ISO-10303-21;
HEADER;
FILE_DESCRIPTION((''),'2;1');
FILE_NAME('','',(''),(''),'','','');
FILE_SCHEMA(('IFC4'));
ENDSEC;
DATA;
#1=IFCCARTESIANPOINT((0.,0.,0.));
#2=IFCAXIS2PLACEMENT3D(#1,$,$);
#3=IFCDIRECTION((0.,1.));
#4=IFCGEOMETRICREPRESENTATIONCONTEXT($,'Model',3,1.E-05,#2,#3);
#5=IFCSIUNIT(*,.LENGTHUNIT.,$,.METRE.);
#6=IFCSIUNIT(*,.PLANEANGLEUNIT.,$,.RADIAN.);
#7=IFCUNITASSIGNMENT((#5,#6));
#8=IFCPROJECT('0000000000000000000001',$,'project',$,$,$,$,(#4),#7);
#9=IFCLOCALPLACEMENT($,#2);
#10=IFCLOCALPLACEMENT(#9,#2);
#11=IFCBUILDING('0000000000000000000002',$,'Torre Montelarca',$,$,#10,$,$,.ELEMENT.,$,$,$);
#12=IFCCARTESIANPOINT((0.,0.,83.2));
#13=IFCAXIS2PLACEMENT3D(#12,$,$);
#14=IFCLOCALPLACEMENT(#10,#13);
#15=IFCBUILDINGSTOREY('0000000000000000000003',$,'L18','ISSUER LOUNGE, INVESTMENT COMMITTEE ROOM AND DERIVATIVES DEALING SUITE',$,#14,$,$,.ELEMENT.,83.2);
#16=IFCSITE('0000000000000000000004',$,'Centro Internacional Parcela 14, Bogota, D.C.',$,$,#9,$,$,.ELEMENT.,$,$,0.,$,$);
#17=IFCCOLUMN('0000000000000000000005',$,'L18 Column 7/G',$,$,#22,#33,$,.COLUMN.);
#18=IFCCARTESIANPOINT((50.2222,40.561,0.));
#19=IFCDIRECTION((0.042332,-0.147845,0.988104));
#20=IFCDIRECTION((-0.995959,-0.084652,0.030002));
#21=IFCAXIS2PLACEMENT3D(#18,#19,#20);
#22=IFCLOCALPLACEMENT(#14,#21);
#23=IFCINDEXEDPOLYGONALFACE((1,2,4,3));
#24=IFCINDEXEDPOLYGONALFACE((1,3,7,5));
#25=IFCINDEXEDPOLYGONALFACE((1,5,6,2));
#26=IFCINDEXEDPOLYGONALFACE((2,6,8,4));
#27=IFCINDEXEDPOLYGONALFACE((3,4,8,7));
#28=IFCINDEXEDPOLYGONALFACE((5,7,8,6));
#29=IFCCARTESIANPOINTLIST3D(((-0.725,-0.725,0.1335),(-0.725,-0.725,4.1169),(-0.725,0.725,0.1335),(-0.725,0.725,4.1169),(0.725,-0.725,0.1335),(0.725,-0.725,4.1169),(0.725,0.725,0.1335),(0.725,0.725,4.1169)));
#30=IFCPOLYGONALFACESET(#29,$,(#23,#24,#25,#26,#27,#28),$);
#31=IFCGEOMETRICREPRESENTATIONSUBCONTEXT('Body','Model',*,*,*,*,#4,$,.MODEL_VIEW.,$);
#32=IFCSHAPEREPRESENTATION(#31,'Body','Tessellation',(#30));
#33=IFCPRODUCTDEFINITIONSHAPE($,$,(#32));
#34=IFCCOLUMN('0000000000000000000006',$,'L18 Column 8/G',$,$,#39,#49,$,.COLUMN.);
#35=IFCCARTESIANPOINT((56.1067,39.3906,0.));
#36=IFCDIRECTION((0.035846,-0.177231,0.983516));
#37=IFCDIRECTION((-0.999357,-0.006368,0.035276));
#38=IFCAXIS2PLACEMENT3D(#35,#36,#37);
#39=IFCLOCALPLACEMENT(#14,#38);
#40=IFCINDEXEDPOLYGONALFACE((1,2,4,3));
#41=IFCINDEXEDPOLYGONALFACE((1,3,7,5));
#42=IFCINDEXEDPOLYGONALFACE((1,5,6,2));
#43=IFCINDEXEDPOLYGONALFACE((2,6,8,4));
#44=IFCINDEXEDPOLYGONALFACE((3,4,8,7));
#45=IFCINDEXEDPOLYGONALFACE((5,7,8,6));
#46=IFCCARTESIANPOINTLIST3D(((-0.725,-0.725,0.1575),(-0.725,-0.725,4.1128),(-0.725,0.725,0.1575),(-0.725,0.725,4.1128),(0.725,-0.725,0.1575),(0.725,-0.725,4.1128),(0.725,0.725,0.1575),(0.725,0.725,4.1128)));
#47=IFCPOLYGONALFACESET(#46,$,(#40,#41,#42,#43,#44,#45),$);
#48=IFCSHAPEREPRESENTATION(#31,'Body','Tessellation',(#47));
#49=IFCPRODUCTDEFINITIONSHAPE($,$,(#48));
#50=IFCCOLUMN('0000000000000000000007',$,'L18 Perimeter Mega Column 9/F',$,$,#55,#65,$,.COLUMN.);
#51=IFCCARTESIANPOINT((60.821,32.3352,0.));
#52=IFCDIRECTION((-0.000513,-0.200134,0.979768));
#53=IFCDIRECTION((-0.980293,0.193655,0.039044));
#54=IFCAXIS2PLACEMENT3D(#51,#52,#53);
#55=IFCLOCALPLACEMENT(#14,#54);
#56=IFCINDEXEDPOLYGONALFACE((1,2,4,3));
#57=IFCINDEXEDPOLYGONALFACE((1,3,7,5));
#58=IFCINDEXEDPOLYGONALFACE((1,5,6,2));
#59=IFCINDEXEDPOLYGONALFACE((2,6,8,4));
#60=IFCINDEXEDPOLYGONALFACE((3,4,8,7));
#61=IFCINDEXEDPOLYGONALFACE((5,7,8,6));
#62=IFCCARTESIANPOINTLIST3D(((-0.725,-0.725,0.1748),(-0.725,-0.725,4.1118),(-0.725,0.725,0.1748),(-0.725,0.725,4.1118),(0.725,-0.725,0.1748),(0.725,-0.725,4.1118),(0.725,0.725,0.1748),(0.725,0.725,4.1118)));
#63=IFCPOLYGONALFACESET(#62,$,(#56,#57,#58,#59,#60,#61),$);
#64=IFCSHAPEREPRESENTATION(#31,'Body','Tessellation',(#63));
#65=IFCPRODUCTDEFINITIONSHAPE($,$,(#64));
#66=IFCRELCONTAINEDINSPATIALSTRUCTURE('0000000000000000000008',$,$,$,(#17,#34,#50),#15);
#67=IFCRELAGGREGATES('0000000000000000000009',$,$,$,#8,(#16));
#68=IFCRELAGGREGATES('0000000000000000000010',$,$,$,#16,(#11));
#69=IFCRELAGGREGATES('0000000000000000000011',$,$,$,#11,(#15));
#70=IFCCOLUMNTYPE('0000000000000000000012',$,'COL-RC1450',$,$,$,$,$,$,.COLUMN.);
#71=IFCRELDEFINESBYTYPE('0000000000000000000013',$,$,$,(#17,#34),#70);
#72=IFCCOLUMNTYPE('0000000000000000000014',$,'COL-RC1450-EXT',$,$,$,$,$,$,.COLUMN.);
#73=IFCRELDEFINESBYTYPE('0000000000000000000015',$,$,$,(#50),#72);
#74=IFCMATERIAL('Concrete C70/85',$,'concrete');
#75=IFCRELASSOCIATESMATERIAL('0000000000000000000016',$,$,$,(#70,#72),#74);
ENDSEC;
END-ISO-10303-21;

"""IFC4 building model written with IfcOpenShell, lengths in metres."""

from ifc_helpers import new_model, si_unit, direction, frame, origin, origin_2d, place, context, subcontext, project, spatial, rectangle, extrude, clip, halfspace, material, material_profile, profile_set, type_object, element, save


model = new_model("IFC4")

# Units and contexts
model_context = context("Model", 3, precision=1e-05, world=origin(), true_north=direction((0.0, 1.0)))
body_context = subcontext(model_context, "Body", "Model", "MODEL_VIEW")
ifc_project = project(units=[si_unit("LENGTHUNIT", "METRE"), si_unit("PLANEANGLEUNIT", "RADIAN")], contexts=[model_context])

# Site, building, storey
site_placement = place(None, origin())
site = spatial("IfcSite", under=ifc_project, at=site_placement, Name="Centro Internacional Parcela 14, Bogota, D.C.", CompositionType="ELEMENT", RefElevation=0.0)
building_placement = place(site_placement, origin())
building = spatial("IfcBuilding", under=site, at=building_placement, Name="Torre Montelarca", CompositionType="ELEMENT")
storey_placement = place(building_placement, frame((0.0, 0.0, 83.2)))
storey = spatial("IfcBuildingStorey", under=building, at=storey_placement, Name="L18", Description="ISSUER LOUNGE, INVESTMENT COMMITTEE ROOM AND DERIVATIVES DEALING SUITE", CompositionType="ELEMENT", Elevation=83.2)

# Columns
ifc_material_1 = material(Name="Concrete C70/85", Category="concrete")
ifc_material_profile_1 = material_profile(ifc_material_1, rectangle(XDim=1.45, YDim=1.45, at=origin_2d()), Name="RC1450X1450", Category="concrete")
ifc_profile_set_1 = profile_set([ifc_material_profile_1], Name="Concrete C70/85")
column_type_1 = type_object("IfcColumnType", Name="COL-RC1450", PredefinedType="COLUMN", material=ifc_profile_set_1)
column_1_placement = place(storey_placement, frame((50.2222, 40.561, 0.0), z_axis=(0.042332, -0.147845, 0.988104), x_axis=(-0.995959, -0.084652, 0.030002)))
element("IfcColumn", 1, at=column_1_placement, inside=storey, type_object=column_type_1, Name="L18 Column 7/G", PredefinedType="COLUMN", context=body_context, shape_type="Clipping", body=[
    clip(clip(extrude(rectangle(XDim=1.45, YDim=1.45, at=origin_2d()), origin(), (0.0, 0.0, 1.0), 4.2505), halfspace(frame((0.0, 0.0, 0.1335), z_axis=(0.0, 0.0, -1.0), x_axis=(1.0, 0.0, 0.0)), False)), halfspace(frame((0.0, 0.0, 4.1169), z_axis=(0.0, 0.0, 1.0), x_axis=(1.0, 0.0, 0.0)), False)),
])
column_2_placement = place(storey_placement, frame((56.1067, 39.3906, 0.0), z_axis=(0.035846, -0.177231, 0.983516), x_axis=(-0.999357, -0.006368, 0.035276)))
element("IfcColumn", 2, at=column_2_placement, inside=storey, type_object=column_type_1, Name="L18 Column 8/G", PredefinedType="COLUMN", context=body_context, shape_type="Clipping", body=[
    clip(clip(extrude(rectangle(XDim=1.45, YDim=1.45, at=origin_2d()), origin(), (0.0, 0.0, 1.0), 4.2703), halfspace(frame((0.0, 0.0, 0.1575), z_axis=(0.0, 0.0, -1.0), x_axis=(1.0, 0.0, 0.0)), False)), halfspace(frame((0.0, 0.0, 4.1128), z_axis=(0.0, 0.0, 1.0), x_axis=(1.0, 0.0, 0.0)), False)),
])
ifc_material_profile_2 = material_profile(ifc_material_1, rectangle(XDim=1.45, YDim=1.45, at=origin_2d()), Name="RC1450X1450", Category="concrete")
ifc_profile_set_2 = profile_set([ifc_material_profile_2], Name="Concrete C70/85")
column_type_2 = type_object("IfcColumnType", Name="COL-RC1450-EXT", PredefinedType="COLUMN", material=ifc_profile_set_2)
column_3_placement = place(storey_placement, frame((60.821, 32.3352, 0.0), z_axis=(-0.000513, -0.200134, 0.979768), x_axis=(-0.980293, 0.193655, 0.039044)))
element("IfcColumn", 3, at=column_3_placement, inside=storey, type_object=column_type_2, Name="L18 Perimeter Mega Column 9/F", PredefinedType="COLUMN", context=body_context, shape_type="Clipping", body=[
    clip(clip(extrude(rectangle(XDim=1.45, YDim=1.45, at=origin_2d()), origin(), (0.0, 0.0, 1.0), 4.2866), halfspace(frame((0.0, 0.0, 0.1748), z_axis=(0.0, 0.0, -1.0), x_axis=(1.0, 0.0, 0.0)), False)), halfspace(frame((0.0, 0.0, 4.1118), z_axis=(0.0, 0.0, 1.0), x_axis=(1.0, 0.0, 0.0)), False)),
])

save(model, "model.ifc")
